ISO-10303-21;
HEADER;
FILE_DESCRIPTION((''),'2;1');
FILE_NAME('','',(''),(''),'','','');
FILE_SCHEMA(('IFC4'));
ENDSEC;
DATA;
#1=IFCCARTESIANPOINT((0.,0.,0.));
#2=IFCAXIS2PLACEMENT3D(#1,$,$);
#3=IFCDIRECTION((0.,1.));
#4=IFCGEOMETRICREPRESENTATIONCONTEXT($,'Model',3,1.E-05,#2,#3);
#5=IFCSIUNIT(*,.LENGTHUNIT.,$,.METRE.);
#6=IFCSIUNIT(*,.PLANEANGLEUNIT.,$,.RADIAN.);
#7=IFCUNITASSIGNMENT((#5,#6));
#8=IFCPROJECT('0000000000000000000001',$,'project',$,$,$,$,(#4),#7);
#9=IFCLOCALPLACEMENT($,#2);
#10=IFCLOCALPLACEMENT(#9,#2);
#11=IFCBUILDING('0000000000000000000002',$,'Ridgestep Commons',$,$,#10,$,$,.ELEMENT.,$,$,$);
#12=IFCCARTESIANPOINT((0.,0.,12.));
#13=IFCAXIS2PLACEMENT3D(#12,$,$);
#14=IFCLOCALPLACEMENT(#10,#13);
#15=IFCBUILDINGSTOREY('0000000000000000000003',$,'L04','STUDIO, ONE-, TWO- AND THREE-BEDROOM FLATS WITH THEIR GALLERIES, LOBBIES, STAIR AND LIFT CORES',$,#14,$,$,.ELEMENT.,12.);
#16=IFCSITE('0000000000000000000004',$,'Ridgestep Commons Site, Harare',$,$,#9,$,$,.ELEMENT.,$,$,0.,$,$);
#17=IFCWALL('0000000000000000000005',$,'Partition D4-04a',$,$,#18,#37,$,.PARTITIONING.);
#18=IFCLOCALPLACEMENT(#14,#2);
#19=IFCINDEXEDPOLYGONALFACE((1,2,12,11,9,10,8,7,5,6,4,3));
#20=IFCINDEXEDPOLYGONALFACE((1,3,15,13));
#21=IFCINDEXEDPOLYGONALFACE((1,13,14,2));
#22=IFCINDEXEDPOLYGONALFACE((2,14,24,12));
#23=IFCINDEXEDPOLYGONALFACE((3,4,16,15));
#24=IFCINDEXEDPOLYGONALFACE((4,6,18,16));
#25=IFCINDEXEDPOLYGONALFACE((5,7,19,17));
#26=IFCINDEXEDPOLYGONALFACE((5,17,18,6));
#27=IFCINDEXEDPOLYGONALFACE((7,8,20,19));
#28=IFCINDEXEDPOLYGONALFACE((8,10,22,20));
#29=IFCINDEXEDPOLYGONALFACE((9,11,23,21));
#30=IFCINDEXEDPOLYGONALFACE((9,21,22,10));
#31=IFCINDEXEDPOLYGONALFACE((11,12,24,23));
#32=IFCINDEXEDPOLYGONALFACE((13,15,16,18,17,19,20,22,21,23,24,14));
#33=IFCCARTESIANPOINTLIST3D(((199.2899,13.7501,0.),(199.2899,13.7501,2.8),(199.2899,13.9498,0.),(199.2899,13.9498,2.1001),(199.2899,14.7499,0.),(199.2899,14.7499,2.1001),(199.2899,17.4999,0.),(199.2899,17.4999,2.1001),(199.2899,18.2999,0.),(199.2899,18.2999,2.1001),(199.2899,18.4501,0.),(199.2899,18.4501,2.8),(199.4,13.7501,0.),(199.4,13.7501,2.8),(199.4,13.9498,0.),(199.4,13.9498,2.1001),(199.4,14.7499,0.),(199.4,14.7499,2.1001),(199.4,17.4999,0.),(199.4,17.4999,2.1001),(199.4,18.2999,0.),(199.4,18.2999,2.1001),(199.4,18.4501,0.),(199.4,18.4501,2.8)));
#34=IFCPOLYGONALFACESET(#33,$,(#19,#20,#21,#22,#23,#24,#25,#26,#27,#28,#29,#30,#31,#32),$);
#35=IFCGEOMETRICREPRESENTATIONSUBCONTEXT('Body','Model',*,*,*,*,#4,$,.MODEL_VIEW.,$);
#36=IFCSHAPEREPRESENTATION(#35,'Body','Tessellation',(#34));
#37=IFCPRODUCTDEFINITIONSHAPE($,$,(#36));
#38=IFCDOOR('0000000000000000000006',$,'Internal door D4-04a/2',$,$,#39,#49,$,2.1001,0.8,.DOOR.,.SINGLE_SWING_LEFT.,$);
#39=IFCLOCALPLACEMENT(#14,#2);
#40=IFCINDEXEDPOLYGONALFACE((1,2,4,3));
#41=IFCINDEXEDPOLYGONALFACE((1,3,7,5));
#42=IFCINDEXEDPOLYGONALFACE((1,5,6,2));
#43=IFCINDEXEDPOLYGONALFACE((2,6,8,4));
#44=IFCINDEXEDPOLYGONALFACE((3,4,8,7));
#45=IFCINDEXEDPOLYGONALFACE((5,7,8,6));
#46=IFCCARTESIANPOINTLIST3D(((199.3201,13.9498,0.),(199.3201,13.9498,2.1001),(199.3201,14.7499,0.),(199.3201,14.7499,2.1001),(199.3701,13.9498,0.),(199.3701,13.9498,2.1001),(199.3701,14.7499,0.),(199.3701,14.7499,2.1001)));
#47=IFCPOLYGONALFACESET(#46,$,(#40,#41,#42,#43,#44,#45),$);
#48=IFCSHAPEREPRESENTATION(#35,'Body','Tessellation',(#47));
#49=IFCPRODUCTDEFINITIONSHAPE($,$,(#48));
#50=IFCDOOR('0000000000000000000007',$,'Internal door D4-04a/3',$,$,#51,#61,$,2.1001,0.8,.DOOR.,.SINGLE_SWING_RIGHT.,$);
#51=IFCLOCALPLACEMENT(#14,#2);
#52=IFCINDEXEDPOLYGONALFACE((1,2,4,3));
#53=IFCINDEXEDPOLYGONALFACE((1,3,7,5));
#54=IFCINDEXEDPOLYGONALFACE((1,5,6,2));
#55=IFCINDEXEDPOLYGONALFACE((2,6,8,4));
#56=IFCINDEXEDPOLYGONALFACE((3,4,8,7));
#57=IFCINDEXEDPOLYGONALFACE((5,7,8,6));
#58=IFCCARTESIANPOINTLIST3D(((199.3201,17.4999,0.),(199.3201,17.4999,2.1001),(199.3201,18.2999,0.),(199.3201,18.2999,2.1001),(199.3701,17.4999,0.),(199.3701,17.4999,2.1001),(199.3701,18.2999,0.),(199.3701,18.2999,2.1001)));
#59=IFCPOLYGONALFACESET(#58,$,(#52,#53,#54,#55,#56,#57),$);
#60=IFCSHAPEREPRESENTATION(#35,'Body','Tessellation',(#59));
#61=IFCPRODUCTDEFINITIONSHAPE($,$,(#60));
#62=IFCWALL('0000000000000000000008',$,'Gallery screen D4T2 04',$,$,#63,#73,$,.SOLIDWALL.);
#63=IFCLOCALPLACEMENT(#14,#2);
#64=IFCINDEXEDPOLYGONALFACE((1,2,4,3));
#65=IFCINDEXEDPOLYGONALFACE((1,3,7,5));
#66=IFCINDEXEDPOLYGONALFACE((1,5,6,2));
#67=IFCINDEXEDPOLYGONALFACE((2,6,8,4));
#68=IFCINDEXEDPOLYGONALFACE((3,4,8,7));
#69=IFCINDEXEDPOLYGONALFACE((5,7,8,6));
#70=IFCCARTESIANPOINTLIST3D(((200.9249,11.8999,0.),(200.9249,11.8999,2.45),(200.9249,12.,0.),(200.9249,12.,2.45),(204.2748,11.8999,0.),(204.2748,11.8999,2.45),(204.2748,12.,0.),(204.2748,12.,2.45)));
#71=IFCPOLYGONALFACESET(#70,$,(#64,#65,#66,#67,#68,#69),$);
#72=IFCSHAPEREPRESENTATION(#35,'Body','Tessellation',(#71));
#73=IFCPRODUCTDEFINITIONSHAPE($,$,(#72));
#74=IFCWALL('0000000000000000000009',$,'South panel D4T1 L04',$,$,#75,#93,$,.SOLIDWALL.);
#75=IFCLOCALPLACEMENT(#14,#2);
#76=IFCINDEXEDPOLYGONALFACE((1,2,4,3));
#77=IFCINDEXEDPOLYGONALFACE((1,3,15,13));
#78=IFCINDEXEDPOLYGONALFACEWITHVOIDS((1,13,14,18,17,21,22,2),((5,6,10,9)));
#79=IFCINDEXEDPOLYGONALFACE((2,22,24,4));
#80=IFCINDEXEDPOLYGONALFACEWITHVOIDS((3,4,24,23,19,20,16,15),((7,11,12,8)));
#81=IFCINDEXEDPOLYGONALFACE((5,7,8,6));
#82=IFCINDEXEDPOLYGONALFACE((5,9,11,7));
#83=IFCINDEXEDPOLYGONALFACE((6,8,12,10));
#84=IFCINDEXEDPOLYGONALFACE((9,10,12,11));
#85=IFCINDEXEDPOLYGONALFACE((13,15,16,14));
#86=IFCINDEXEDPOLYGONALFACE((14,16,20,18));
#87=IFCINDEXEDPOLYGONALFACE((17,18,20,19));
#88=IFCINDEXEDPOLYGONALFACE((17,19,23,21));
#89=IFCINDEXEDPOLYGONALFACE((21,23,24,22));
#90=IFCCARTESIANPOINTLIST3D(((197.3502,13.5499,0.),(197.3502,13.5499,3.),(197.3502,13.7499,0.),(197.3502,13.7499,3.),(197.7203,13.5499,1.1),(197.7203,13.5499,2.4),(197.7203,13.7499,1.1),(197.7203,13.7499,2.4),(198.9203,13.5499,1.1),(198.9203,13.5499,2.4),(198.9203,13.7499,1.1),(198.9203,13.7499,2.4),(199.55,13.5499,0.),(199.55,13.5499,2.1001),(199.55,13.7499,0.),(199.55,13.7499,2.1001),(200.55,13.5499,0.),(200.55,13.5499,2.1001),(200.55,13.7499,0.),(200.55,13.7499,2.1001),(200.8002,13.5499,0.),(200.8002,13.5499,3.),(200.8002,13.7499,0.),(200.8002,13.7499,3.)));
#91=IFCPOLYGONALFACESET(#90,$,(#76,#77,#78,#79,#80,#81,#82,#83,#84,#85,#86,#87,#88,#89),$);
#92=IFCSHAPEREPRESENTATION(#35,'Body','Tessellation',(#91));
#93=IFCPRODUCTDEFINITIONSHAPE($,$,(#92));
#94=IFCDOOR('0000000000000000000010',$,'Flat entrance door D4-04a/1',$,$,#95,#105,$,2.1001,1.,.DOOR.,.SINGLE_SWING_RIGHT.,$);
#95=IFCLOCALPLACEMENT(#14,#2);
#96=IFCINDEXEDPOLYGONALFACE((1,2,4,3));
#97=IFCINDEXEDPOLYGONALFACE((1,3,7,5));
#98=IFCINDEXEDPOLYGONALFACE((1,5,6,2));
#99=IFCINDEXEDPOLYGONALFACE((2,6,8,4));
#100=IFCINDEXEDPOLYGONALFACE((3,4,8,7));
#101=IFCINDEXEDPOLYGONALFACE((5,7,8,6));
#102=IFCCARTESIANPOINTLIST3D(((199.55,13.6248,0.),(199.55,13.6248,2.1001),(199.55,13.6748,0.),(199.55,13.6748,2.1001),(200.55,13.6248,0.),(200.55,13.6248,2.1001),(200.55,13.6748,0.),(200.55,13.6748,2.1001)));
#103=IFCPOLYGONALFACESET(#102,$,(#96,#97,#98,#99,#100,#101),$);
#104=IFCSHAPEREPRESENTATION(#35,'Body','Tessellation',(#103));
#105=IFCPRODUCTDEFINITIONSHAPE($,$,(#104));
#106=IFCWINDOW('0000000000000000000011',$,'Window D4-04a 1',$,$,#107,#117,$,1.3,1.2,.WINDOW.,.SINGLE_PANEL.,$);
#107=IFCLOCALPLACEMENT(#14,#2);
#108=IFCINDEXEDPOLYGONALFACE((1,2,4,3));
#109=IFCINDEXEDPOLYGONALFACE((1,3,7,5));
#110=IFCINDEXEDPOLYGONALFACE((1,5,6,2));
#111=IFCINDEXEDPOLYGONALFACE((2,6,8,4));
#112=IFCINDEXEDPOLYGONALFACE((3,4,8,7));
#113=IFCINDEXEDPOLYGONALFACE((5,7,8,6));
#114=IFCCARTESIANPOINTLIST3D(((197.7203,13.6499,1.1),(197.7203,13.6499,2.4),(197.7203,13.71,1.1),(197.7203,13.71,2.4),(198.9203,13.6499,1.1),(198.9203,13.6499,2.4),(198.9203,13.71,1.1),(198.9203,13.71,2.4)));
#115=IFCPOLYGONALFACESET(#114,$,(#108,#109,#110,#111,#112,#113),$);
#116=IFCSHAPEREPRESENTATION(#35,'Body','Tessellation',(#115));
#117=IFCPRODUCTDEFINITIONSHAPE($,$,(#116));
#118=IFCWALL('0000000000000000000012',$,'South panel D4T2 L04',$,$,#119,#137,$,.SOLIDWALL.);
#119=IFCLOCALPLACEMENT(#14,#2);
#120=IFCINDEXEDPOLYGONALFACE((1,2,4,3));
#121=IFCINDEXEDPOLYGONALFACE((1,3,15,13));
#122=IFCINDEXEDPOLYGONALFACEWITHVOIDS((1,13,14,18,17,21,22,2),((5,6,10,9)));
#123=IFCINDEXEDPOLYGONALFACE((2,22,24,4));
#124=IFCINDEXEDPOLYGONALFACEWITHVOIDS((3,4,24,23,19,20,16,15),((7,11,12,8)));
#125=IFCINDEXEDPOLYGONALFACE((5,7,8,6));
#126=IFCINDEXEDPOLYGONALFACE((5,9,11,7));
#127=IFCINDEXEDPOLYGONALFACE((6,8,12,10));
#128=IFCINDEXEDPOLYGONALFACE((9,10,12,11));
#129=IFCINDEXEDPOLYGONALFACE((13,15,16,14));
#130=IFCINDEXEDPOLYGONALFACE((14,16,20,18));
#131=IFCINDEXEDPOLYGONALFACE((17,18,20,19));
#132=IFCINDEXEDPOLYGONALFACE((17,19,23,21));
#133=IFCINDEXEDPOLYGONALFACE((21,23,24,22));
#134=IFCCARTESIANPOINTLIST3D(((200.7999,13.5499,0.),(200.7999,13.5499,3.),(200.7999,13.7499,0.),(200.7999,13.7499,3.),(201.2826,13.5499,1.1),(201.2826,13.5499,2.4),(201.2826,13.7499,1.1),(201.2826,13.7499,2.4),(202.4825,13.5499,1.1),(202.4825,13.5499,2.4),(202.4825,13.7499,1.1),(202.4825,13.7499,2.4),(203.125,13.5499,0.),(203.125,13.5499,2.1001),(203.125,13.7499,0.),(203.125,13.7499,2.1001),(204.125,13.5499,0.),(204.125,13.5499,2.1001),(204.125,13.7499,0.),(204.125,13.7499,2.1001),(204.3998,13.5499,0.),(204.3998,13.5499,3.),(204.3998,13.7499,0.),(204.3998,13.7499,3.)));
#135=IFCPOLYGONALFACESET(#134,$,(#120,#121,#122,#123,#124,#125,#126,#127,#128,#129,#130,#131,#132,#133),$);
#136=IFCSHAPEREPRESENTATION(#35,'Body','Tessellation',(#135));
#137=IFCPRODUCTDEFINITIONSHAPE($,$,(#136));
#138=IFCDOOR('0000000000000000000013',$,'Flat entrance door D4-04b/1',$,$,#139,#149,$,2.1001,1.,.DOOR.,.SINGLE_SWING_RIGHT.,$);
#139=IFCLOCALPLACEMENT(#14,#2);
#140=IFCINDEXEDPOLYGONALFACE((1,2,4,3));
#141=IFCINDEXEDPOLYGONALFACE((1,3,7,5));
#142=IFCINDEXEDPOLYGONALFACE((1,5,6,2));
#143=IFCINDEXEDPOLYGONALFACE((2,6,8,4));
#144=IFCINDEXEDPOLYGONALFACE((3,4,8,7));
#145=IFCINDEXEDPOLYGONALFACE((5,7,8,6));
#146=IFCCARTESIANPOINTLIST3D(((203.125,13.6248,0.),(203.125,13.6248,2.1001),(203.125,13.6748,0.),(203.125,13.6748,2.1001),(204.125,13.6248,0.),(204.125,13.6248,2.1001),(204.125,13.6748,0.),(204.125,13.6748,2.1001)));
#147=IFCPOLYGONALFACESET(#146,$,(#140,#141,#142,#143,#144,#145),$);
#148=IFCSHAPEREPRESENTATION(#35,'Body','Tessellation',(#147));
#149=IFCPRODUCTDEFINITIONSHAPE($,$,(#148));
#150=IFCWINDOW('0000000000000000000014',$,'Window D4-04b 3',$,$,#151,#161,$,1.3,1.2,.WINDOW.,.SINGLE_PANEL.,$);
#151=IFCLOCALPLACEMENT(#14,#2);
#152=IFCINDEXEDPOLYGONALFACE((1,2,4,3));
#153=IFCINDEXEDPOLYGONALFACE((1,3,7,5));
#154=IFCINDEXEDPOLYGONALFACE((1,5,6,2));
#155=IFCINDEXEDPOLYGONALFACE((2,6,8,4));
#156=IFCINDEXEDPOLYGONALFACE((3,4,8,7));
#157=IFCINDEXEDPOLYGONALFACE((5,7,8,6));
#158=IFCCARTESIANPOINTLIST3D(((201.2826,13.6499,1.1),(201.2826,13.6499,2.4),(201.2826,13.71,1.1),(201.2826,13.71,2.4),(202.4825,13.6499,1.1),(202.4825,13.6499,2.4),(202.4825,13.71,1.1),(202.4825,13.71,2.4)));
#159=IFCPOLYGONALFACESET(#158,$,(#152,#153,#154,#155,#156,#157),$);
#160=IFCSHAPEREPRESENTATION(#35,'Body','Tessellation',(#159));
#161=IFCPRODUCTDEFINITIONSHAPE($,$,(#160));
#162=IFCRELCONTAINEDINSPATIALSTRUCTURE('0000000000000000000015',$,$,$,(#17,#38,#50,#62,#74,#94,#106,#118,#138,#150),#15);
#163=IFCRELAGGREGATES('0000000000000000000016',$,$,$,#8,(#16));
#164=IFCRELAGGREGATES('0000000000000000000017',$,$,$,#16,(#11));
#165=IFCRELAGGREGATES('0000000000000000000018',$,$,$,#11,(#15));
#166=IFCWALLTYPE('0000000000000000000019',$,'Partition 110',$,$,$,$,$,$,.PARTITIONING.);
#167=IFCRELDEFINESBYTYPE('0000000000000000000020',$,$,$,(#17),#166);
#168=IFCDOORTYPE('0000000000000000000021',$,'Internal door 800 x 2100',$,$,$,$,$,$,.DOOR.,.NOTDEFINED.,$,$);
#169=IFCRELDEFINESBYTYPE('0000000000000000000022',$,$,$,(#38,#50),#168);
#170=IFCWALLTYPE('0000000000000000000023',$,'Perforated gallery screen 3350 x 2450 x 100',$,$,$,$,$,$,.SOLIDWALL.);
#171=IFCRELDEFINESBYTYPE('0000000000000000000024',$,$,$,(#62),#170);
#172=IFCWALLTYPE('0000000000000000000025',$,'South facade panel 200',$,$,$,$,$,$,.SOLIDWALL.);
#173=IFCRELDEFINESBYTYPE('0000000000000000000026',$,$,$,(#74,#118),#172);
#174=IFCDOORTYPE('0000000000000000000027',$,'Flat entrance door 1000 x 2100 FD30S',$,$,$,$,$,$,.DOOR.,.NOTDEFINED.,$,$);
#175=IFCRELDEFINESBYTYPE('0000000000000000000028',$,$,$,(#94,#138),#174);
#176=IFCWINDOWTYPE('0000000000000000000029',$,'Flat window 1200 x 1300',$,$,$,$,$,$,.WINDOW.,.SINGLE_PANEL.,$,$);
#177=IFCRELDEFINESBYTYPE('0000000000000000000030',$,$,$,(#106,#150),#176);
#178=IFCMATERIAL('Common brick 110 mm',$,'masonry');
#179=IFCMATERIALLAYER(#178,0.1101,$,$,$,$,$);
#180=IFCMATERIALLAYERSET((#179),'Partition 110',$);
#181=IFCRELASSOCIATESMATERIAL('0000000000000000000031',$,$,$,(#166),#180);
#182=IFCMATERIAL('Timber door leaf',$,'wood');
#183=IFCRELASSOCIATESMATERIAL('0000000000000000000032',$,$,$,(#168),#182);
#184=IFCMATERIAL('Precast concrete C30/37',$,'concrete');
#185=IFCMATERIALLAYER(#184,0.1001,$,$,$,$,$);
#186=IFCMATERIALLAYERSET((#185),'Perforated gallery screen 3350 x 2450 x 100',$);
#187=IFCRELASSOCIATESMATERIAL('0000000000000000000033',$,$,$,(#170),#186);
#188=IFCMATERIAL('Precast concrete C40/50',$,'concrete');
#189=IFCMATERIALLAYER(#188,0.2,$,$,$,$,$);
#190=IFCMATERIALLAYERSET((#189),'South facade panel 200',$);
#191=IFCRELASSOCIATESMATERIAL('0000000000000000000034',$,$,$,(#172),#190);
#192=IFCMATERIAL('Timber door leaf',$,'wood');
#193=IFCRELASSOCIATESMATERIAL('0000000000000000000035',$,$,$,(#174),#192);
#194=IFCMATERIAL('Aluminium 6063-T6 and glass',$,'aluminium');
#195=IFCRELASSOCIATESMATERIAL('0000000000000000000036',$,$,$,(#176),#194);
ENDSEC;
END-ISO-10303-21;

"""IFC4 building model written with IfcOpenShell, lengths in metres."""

from ifc_helpers import new_model, si_unit, direction, frame, frame_2d, origin, place, context, subcontext, project, spatial, rectangle, extrude, material, layer, layer_set, type_object, element, fill, save


model = new_model("IFC4")

# Units and contexts
model_context = context("Model", 3, precision=1e-05, world=origin(), true_north=direction((0.0, 1.0)))
body_context = subcontext(model_context, "Body", "Model", "MODEL_VIEW")
ifc_project = project(units=[si_unit("LENGTHUNIT", "METRE"), si_unit("PLANEANGLEUNIT", "RADIAN")], contexts=[model_context])

# Site, building, storey
site_placement = place(None, origin())
site = spatial("IfcSite", under=ifc_project, at=site_placement, Name="Ridgestep Commons Site, Harare", CompositionType="ELEMENT", RefElevation=0.0)
building_placement = place(site_placement, origin())
building = spatial("IfcBuilding", under=site, at=building_placement, Name="Ridgestep Commons", CompositionType="ELEMENT")
storey_placement = place(building_placement, frame((0.0, 0.0, 12.0)))
storey = spatial("IfcBuildingStorey", under=building, at=storey_placement, Name="L04", Description="STUDIO, ONE-, TWO- AND THREE-BEDROOM FLATS WITH THEIR GALLERIES, LOBBIES, STAIR AND LIFT CORES", CompositionType="ELEMENT", Elevation=12.0)

# Wall, openings, doors
ifc_material_1 = material(Name="Common brick 110 mm", Category="masonry")
ifc_layer_1 = layer(ifc_material_1, 0.1101)
ifc_layer_set_1 = layer_set([ifc_layer_1], Name="Partition 110")
wall_type_1 = type_object("IfcWallType", Name="Partition 110", PredefinedType="PARTITIONING", material=ifc_layer_set_1)
wall_1_placement = place(storey_placement, frame((199.345, 13.75, 0.0), z_axis=(0.0, 0.0, 1.0), x_axis=(0.0, 1.0, 0.0)))
wall_1 = element("IfcWall", 1, at=wall_1_placement, inside=storey, type_object=wall_type_1, Name="Partition D4-04a", PredefinedType="PARTITIONING", context=body_context, shape_type="SweptSolid", body=[
    extrude(rectangle(XDim=4.7, YDim=0.1101, at=frame_2d((2.3501, 0.0))), origin(), (0.0, 0.0, 1.0), 2.8),
])
opening_1_placement = place(wall_1_placement, frame((0.2, 0.0, 0.0)))
opening_1 = element("IfcOpeningElement", 2, at=opening_1_placement, cuts=wall_1, PredefinedType="OPENING", context=body_context, shape_type="SweptSolid", body=[
    extrude(rectangle(XDim=0.8, YDim=2.1001, at=frame_2d((0.3999, 1.05))), frame((0.0, 0.0649, 0.0), z_axis=(0.0, -1.0, 0.0), x_axis=(1.0, 0.0, 0.0)), (0.0, 0.0, 1.0), 0.1301),
])
opening_2_placement = place(wall_1_placement, frame((3.75, 0.0, 0.0)))
opening_2 = element("IfcOpeningElement", 3, at=opening_2_placement, cuts=wall_1, PredefinedType="OPENING", context=body_context, shape_type="SweptSolid", body=[
    extrude(rectangle(XDim=0.8, YDim=2.1001, at=frame_2d((0.3999, 1.05))), frame((0.0, 0.0649, 0.0), z_axis=(0.0, -1.0, 0.0), x_axis=(1.0, 0.0, 0.0)), (0.0, 0.0, 1.0), 0.1301),
])
ifc_material_2 = material(Name="Timber door leaf", Category="wood")
door_type_1 = type_object("IfcDoorType", Name="Internal door 800 x 2100", OperationType="NOTDEFINED", PredefinedType="DOOR", material=ifc_material_2)
door_1_placement = place(opening_1_placement, origin())
door_1 = element("IfcDoor", 4, at=door_1_placement, inside=storey, type_object=door_type_1, Name="Internal door D4-04a/2", OperationType="SINGLE_SWING_LEFT", OverallHeight=2.1001, OverallWidth=0.8, PredefinedType="DOOR", context=body_context, shape_type="SweptSolid", body=[
    extrude(rectangle(XDim=0.8, YDim=2.1001, at=frame_2d((0.3999, 1.05))), frame((0.0, 0.0249, 0.0), z_axis=(0.0, -1.0, 0.0), x_axis=(1.0, 0.0, 0.0)), (0.0, 0.0, 1.0), 0.05),
])
fill(opening_1, door_1)
door_2_placement = place(opening_2_placement, origin())
door_2 = element("IfcDoor", 5, at=door_2_placement, inside=storey, type_object=door_type_1, Name="Internal door D4-04a/3", OperationType="SINGLE_SWING_RIGHT", OverallHeight=2.1001, OverallWidth=0.8, PredefinedType="DOOR", context=body_context, shape_type="SweptSolid", body=[
    extrude(rectangle(XDim=0.8, YDim=2.1001, at=frame_2d((0.3999, 1.05))), frame((0.0, 0.0249, 0.0), z_axis=(0.0, -1.0, 0.0), x_axis=(1.0, 0.0, 0.0)), (0.0, 0.0, 1.0), 0.05),
])
fill(opening_2, door_2)

# Wall
ifc_material_3 = material(Name="Precast concrete C30/37", Category="concrete")
ifc_layer_2 = layer(ifc_material_3, 0.1001)
ifc_layer_set_2 = layer_set([ifc_layer_2], Name="Perforated gallery screen 3350 x 2450 x 100")
wall_type_2 = type_object("IfcWallType", Name="Perforated gallery screen 3350 x 2450 x 100", PredefinedType="SOLIDWALL", material=ifc_layer_set_2)
wall_2_placement = place(storey_placement, frame((200.925, 11.95, 0.0), z_axis=(0.0, 0.0, 1.0), x_axis=(1.0, 0.0, 0.0)))
element("IfcWall", 6, at=wall_2_placement, inside=storey, type_object=wall_type_2, Name="Gallery screen D4T2 04", PredefinedType="SOLIDWALL", context=body_context, shape_type="SweptSolid", body=[
    extrude(rectangle(XDim=3.3499, YDim=0.1001, at=frame_2d((1.6748, 0.0))), origin(), (0.0, 0.0, 1.0), 2.45),
])

# Walls, openings, doors, windows
ifc_material_4 = material(Name="Precast concrete C40/50", Category="concrete")
ifc_layer_3 = layer(ifc_material_4, 0.2)
ifc_layer_set_3 = layer_set([ifc_layer_3], Name="South facade panel 200")
wall_type_3 = type_object("IfcWallType", Name="South facade panel 200", PredefinedType="SOLIDWALL", material=ifc_layer_set_3)
wall_3_placement = place(storey_placement, frame((197.3501, 13.6499, 0.0), z_axis=(0.0, 0.0, 1.0), x_axis=(1.0, 0.0, 0.0)))
wall_3 = element("IfcWall", 7, at=wall_3_placement, inside=storey, type_object=wall_type_3, Name="South panel D4T1 L04", PredefinedType="SOLIDWALL", context=body_context, shape_type="SweptSolid", body=[
    extrude(rectangle(XDim=3.45, YDim=0.2, at=frame_2d((1.7251, 0.0))), origin(), (0.0, 0.0, 1.0), 3.0),
])
opening_3_placement = place(wall_3_placement, frame((0.3701, 0.0, 1.1001)))
opening_3 = element("IfcOpeningElement", 8, at=opening_3_placement, cuts=wall_3, PredefinedType="OPENING", context=body_context, shape_type="SweptSolid", body=[
    extrude(rectangle(XDim=1.2, YDim=1.3, at=frame_2d((0.6001, 0.6499))), frame((0.0, 0.1099, 0.0), z_axis=(0.0, -1.0, 0.0), x_axis=(1.0, 0.0, 0.0)), (0.0, 0.0, 1.0), 0.22),
])
opening_4_placement = place(wall_3_placement, frame((2.2, 0.0, 0.0)))
opening_4 = element("IfcOpeningElement", 9, at=opening_4_placement, cuts=wall_3, PredefinedType="OPENING", context=body_context, shape_type="SweptSolid", body=[
    extrude(rectangle(XDim=1.0, YDim=2.1001, at=frame_2d((0.5, 1.05))), frame((0.0, 0.1099, 0.0), z_axis=(0.0, -1.0, 0.0), x_axis=(1.0, 0.0, 0.0)), (0.0, 0.0, 1.0), 0.22),
])
ifc_material_5 = material(Name="Timber door leaf", Category="wood")
door_type_2 = type_object("IfcDoorType", Name="Flat entrance door 1000 x 2100 FD30S", OperationType="NOTDEFINED", PredefinedType="DOOR", material=ifc_material_5)
door_3_placement = place(opening_4_placement, origin())
door_3 = element("IfcDoor", 10, at=door_3_placement, inside=storey, type_object=door_type_2, Name="Flat entrance door D4-04a/1", OperationType="SINGLE_SWING_RIGHT", OverallHeight=2.1001, OverallWidth=1.0, PredefinedType="DOOR", context=body_context, shape_type="SweptSolid", body=[
    extrude(rectangle(XDim=1.0, YDim=2.1001, at=frame_2d((0.5, 1.05))), frame((0.0, 0.0249, 0.0), z_axis=(0.0, -1.0, 0.0), x_axis=(1.0, 0.0, 0.0)), (0.0, 0.0, 1.0), 0.05),
])
fill(opening_4, door_3)
ifc_material_6 = material(Name="Aluminium 6063-T6 and glass", Category="aluminium")
window_type = type_object("IfcWindowType", Name="Flat window 1200 x 1300", PartitioningType="SINGLE_PANEL", PredefinedType="WINDOW", material=ifc_material_6)
window_1_placement = place(opening_3_placement, origin())
window_1 = element("IfcWindow", 11, at=window_1_placement, inside=storey, type_object=window_type, Name="Window D4-04a 1", OverallHeight=1.3, OverallWidth=1.2, PartitioningType="SINGLE_PANEL", PredefinedType="WINDOW", context=body_context, shape_type="SweptSolid", body=[
    extrude(rectangle(XDim=1.2, YDim=1.3, at=frame_2d((0.6001, 0.6499))), frame((0.0, 0.0601, 0.0), z_axis=(0.0, -1.0, 0.0), x_axis=(1.0, 0.0, 0.0)), (0.0, 0.0, 1.0), 0.0601),
])
fill(opening_3, window_1)
wall_4_placement = place(storey_placement, frame((200.8, 13.6499, 0.0), z_axis=(0.0, 0.0, 1.0), x_axis=(1.0, 0.0, 0.0)))
wall_4 = element("IfcWall", 12, at=wall_4_placement, inside=storey, type_object=wall_type_3, Name="South panel D4T2 L04", PredefinedType="SOLIDWALL", context=body_context, shape_type="SweptSolid", body=[
    extrude(rectangle(XDim=3.5999, YDim=0.2, at=frame_2d((1.7998, 0.0))), origin(), (0.0, 0.0, 1.0), 3.0),
])
opening_5_placement = place(wall_4_placement, frame((0.4824, 0.0, 1.1001)))
opening_5 = element("IfcOpeningElement", 13, at=opening_5_placement, cuts=wall_4, PredefinedType="OPENING", context=body_context, shape_type="SweptSolid", body=[
    extrude(rectangle(XDim=1.2, YDim=1.3, at=frame_2d((0.6001, 0.6499))), frame((0.0, 0.1099, 0.0), z_axis=(0.0, -1.0, 0.0), x_axis=(1.0, 0.0, 0.0)), (0.0, 0.0, 1.0), 0.22),
])
opening_6_placement = place(wall_4_placement, frame((2.325, 0.0, 0.0)))
opening_6 = element("IfcOpeningElement", 14, at=opening_6_placement, cuts=wall_4, PredefinedType="OPENING", context=body_context, shape_type="SweptSolid", body=[
    extrude(rectangle(XDim=1.0, YDim=2.1001, at=frame_2d((0.5, 1.05))), frame((0.0, 0.1099, 0.0), z_axis=(0.0, -1.0, 0.0), x_axis=(1.0, 0.0, 0.0)), (0.0, 0.0, 1.0), 0.22),
])
door_4_placement = place(opening_6_placement, origin())
door_4 = element("IfcDoor", 15, at=door_4_placement, inside=storey, type_object=door_type_2, Name="Flat entrance door D4-04b/1", OperationType="SINGLE_SWING_RIGHT", OverallHeight=2.1001, OverallWidth=1.0, PredefinedType="DOOR", context=body_context, shape_type="SweptSolid", body=[
    extrude(rectangle(XDim=1.0, YDim=2.1001, at=frame_2d((0.5, 1.05))), frame((0.0, 0.0249, 0.0), z_axis=(0.0, -1.0, 0.0), x_axis=(1.0, 0.0, 0.0)), (0.0, 0.0, 1.0), 0.05),
])
fill(opening_6, door_4)
window_2_placement = place(opening_5_placement, origin())
window_2 = element("IfcWindow", 16, at=window_2_placement, inside=storey, type_object=window_type, Name="Window D4-04b 3", OverallHeight=1.3, OverallWidth=1.2, PartitioningType="SINGLE_PANEL", PredefinedType="WINDOW", context=body_context, shape_type="SweptSolid", body=[
    extrude(rectangle(XDim=1.2, YDim=1.3, at=frame_2d((0.6001, 0.6499))), frame((0.0, 0.0601, 0.0), z_axis=(0.0, -1.0, 0.0), x_axis=(1.0, 0.0, 0.0)), (0.0, 0.0, 1.0), 0.0601),
])
fill(opening_5, window_2)

save(model, "model.ifc")
